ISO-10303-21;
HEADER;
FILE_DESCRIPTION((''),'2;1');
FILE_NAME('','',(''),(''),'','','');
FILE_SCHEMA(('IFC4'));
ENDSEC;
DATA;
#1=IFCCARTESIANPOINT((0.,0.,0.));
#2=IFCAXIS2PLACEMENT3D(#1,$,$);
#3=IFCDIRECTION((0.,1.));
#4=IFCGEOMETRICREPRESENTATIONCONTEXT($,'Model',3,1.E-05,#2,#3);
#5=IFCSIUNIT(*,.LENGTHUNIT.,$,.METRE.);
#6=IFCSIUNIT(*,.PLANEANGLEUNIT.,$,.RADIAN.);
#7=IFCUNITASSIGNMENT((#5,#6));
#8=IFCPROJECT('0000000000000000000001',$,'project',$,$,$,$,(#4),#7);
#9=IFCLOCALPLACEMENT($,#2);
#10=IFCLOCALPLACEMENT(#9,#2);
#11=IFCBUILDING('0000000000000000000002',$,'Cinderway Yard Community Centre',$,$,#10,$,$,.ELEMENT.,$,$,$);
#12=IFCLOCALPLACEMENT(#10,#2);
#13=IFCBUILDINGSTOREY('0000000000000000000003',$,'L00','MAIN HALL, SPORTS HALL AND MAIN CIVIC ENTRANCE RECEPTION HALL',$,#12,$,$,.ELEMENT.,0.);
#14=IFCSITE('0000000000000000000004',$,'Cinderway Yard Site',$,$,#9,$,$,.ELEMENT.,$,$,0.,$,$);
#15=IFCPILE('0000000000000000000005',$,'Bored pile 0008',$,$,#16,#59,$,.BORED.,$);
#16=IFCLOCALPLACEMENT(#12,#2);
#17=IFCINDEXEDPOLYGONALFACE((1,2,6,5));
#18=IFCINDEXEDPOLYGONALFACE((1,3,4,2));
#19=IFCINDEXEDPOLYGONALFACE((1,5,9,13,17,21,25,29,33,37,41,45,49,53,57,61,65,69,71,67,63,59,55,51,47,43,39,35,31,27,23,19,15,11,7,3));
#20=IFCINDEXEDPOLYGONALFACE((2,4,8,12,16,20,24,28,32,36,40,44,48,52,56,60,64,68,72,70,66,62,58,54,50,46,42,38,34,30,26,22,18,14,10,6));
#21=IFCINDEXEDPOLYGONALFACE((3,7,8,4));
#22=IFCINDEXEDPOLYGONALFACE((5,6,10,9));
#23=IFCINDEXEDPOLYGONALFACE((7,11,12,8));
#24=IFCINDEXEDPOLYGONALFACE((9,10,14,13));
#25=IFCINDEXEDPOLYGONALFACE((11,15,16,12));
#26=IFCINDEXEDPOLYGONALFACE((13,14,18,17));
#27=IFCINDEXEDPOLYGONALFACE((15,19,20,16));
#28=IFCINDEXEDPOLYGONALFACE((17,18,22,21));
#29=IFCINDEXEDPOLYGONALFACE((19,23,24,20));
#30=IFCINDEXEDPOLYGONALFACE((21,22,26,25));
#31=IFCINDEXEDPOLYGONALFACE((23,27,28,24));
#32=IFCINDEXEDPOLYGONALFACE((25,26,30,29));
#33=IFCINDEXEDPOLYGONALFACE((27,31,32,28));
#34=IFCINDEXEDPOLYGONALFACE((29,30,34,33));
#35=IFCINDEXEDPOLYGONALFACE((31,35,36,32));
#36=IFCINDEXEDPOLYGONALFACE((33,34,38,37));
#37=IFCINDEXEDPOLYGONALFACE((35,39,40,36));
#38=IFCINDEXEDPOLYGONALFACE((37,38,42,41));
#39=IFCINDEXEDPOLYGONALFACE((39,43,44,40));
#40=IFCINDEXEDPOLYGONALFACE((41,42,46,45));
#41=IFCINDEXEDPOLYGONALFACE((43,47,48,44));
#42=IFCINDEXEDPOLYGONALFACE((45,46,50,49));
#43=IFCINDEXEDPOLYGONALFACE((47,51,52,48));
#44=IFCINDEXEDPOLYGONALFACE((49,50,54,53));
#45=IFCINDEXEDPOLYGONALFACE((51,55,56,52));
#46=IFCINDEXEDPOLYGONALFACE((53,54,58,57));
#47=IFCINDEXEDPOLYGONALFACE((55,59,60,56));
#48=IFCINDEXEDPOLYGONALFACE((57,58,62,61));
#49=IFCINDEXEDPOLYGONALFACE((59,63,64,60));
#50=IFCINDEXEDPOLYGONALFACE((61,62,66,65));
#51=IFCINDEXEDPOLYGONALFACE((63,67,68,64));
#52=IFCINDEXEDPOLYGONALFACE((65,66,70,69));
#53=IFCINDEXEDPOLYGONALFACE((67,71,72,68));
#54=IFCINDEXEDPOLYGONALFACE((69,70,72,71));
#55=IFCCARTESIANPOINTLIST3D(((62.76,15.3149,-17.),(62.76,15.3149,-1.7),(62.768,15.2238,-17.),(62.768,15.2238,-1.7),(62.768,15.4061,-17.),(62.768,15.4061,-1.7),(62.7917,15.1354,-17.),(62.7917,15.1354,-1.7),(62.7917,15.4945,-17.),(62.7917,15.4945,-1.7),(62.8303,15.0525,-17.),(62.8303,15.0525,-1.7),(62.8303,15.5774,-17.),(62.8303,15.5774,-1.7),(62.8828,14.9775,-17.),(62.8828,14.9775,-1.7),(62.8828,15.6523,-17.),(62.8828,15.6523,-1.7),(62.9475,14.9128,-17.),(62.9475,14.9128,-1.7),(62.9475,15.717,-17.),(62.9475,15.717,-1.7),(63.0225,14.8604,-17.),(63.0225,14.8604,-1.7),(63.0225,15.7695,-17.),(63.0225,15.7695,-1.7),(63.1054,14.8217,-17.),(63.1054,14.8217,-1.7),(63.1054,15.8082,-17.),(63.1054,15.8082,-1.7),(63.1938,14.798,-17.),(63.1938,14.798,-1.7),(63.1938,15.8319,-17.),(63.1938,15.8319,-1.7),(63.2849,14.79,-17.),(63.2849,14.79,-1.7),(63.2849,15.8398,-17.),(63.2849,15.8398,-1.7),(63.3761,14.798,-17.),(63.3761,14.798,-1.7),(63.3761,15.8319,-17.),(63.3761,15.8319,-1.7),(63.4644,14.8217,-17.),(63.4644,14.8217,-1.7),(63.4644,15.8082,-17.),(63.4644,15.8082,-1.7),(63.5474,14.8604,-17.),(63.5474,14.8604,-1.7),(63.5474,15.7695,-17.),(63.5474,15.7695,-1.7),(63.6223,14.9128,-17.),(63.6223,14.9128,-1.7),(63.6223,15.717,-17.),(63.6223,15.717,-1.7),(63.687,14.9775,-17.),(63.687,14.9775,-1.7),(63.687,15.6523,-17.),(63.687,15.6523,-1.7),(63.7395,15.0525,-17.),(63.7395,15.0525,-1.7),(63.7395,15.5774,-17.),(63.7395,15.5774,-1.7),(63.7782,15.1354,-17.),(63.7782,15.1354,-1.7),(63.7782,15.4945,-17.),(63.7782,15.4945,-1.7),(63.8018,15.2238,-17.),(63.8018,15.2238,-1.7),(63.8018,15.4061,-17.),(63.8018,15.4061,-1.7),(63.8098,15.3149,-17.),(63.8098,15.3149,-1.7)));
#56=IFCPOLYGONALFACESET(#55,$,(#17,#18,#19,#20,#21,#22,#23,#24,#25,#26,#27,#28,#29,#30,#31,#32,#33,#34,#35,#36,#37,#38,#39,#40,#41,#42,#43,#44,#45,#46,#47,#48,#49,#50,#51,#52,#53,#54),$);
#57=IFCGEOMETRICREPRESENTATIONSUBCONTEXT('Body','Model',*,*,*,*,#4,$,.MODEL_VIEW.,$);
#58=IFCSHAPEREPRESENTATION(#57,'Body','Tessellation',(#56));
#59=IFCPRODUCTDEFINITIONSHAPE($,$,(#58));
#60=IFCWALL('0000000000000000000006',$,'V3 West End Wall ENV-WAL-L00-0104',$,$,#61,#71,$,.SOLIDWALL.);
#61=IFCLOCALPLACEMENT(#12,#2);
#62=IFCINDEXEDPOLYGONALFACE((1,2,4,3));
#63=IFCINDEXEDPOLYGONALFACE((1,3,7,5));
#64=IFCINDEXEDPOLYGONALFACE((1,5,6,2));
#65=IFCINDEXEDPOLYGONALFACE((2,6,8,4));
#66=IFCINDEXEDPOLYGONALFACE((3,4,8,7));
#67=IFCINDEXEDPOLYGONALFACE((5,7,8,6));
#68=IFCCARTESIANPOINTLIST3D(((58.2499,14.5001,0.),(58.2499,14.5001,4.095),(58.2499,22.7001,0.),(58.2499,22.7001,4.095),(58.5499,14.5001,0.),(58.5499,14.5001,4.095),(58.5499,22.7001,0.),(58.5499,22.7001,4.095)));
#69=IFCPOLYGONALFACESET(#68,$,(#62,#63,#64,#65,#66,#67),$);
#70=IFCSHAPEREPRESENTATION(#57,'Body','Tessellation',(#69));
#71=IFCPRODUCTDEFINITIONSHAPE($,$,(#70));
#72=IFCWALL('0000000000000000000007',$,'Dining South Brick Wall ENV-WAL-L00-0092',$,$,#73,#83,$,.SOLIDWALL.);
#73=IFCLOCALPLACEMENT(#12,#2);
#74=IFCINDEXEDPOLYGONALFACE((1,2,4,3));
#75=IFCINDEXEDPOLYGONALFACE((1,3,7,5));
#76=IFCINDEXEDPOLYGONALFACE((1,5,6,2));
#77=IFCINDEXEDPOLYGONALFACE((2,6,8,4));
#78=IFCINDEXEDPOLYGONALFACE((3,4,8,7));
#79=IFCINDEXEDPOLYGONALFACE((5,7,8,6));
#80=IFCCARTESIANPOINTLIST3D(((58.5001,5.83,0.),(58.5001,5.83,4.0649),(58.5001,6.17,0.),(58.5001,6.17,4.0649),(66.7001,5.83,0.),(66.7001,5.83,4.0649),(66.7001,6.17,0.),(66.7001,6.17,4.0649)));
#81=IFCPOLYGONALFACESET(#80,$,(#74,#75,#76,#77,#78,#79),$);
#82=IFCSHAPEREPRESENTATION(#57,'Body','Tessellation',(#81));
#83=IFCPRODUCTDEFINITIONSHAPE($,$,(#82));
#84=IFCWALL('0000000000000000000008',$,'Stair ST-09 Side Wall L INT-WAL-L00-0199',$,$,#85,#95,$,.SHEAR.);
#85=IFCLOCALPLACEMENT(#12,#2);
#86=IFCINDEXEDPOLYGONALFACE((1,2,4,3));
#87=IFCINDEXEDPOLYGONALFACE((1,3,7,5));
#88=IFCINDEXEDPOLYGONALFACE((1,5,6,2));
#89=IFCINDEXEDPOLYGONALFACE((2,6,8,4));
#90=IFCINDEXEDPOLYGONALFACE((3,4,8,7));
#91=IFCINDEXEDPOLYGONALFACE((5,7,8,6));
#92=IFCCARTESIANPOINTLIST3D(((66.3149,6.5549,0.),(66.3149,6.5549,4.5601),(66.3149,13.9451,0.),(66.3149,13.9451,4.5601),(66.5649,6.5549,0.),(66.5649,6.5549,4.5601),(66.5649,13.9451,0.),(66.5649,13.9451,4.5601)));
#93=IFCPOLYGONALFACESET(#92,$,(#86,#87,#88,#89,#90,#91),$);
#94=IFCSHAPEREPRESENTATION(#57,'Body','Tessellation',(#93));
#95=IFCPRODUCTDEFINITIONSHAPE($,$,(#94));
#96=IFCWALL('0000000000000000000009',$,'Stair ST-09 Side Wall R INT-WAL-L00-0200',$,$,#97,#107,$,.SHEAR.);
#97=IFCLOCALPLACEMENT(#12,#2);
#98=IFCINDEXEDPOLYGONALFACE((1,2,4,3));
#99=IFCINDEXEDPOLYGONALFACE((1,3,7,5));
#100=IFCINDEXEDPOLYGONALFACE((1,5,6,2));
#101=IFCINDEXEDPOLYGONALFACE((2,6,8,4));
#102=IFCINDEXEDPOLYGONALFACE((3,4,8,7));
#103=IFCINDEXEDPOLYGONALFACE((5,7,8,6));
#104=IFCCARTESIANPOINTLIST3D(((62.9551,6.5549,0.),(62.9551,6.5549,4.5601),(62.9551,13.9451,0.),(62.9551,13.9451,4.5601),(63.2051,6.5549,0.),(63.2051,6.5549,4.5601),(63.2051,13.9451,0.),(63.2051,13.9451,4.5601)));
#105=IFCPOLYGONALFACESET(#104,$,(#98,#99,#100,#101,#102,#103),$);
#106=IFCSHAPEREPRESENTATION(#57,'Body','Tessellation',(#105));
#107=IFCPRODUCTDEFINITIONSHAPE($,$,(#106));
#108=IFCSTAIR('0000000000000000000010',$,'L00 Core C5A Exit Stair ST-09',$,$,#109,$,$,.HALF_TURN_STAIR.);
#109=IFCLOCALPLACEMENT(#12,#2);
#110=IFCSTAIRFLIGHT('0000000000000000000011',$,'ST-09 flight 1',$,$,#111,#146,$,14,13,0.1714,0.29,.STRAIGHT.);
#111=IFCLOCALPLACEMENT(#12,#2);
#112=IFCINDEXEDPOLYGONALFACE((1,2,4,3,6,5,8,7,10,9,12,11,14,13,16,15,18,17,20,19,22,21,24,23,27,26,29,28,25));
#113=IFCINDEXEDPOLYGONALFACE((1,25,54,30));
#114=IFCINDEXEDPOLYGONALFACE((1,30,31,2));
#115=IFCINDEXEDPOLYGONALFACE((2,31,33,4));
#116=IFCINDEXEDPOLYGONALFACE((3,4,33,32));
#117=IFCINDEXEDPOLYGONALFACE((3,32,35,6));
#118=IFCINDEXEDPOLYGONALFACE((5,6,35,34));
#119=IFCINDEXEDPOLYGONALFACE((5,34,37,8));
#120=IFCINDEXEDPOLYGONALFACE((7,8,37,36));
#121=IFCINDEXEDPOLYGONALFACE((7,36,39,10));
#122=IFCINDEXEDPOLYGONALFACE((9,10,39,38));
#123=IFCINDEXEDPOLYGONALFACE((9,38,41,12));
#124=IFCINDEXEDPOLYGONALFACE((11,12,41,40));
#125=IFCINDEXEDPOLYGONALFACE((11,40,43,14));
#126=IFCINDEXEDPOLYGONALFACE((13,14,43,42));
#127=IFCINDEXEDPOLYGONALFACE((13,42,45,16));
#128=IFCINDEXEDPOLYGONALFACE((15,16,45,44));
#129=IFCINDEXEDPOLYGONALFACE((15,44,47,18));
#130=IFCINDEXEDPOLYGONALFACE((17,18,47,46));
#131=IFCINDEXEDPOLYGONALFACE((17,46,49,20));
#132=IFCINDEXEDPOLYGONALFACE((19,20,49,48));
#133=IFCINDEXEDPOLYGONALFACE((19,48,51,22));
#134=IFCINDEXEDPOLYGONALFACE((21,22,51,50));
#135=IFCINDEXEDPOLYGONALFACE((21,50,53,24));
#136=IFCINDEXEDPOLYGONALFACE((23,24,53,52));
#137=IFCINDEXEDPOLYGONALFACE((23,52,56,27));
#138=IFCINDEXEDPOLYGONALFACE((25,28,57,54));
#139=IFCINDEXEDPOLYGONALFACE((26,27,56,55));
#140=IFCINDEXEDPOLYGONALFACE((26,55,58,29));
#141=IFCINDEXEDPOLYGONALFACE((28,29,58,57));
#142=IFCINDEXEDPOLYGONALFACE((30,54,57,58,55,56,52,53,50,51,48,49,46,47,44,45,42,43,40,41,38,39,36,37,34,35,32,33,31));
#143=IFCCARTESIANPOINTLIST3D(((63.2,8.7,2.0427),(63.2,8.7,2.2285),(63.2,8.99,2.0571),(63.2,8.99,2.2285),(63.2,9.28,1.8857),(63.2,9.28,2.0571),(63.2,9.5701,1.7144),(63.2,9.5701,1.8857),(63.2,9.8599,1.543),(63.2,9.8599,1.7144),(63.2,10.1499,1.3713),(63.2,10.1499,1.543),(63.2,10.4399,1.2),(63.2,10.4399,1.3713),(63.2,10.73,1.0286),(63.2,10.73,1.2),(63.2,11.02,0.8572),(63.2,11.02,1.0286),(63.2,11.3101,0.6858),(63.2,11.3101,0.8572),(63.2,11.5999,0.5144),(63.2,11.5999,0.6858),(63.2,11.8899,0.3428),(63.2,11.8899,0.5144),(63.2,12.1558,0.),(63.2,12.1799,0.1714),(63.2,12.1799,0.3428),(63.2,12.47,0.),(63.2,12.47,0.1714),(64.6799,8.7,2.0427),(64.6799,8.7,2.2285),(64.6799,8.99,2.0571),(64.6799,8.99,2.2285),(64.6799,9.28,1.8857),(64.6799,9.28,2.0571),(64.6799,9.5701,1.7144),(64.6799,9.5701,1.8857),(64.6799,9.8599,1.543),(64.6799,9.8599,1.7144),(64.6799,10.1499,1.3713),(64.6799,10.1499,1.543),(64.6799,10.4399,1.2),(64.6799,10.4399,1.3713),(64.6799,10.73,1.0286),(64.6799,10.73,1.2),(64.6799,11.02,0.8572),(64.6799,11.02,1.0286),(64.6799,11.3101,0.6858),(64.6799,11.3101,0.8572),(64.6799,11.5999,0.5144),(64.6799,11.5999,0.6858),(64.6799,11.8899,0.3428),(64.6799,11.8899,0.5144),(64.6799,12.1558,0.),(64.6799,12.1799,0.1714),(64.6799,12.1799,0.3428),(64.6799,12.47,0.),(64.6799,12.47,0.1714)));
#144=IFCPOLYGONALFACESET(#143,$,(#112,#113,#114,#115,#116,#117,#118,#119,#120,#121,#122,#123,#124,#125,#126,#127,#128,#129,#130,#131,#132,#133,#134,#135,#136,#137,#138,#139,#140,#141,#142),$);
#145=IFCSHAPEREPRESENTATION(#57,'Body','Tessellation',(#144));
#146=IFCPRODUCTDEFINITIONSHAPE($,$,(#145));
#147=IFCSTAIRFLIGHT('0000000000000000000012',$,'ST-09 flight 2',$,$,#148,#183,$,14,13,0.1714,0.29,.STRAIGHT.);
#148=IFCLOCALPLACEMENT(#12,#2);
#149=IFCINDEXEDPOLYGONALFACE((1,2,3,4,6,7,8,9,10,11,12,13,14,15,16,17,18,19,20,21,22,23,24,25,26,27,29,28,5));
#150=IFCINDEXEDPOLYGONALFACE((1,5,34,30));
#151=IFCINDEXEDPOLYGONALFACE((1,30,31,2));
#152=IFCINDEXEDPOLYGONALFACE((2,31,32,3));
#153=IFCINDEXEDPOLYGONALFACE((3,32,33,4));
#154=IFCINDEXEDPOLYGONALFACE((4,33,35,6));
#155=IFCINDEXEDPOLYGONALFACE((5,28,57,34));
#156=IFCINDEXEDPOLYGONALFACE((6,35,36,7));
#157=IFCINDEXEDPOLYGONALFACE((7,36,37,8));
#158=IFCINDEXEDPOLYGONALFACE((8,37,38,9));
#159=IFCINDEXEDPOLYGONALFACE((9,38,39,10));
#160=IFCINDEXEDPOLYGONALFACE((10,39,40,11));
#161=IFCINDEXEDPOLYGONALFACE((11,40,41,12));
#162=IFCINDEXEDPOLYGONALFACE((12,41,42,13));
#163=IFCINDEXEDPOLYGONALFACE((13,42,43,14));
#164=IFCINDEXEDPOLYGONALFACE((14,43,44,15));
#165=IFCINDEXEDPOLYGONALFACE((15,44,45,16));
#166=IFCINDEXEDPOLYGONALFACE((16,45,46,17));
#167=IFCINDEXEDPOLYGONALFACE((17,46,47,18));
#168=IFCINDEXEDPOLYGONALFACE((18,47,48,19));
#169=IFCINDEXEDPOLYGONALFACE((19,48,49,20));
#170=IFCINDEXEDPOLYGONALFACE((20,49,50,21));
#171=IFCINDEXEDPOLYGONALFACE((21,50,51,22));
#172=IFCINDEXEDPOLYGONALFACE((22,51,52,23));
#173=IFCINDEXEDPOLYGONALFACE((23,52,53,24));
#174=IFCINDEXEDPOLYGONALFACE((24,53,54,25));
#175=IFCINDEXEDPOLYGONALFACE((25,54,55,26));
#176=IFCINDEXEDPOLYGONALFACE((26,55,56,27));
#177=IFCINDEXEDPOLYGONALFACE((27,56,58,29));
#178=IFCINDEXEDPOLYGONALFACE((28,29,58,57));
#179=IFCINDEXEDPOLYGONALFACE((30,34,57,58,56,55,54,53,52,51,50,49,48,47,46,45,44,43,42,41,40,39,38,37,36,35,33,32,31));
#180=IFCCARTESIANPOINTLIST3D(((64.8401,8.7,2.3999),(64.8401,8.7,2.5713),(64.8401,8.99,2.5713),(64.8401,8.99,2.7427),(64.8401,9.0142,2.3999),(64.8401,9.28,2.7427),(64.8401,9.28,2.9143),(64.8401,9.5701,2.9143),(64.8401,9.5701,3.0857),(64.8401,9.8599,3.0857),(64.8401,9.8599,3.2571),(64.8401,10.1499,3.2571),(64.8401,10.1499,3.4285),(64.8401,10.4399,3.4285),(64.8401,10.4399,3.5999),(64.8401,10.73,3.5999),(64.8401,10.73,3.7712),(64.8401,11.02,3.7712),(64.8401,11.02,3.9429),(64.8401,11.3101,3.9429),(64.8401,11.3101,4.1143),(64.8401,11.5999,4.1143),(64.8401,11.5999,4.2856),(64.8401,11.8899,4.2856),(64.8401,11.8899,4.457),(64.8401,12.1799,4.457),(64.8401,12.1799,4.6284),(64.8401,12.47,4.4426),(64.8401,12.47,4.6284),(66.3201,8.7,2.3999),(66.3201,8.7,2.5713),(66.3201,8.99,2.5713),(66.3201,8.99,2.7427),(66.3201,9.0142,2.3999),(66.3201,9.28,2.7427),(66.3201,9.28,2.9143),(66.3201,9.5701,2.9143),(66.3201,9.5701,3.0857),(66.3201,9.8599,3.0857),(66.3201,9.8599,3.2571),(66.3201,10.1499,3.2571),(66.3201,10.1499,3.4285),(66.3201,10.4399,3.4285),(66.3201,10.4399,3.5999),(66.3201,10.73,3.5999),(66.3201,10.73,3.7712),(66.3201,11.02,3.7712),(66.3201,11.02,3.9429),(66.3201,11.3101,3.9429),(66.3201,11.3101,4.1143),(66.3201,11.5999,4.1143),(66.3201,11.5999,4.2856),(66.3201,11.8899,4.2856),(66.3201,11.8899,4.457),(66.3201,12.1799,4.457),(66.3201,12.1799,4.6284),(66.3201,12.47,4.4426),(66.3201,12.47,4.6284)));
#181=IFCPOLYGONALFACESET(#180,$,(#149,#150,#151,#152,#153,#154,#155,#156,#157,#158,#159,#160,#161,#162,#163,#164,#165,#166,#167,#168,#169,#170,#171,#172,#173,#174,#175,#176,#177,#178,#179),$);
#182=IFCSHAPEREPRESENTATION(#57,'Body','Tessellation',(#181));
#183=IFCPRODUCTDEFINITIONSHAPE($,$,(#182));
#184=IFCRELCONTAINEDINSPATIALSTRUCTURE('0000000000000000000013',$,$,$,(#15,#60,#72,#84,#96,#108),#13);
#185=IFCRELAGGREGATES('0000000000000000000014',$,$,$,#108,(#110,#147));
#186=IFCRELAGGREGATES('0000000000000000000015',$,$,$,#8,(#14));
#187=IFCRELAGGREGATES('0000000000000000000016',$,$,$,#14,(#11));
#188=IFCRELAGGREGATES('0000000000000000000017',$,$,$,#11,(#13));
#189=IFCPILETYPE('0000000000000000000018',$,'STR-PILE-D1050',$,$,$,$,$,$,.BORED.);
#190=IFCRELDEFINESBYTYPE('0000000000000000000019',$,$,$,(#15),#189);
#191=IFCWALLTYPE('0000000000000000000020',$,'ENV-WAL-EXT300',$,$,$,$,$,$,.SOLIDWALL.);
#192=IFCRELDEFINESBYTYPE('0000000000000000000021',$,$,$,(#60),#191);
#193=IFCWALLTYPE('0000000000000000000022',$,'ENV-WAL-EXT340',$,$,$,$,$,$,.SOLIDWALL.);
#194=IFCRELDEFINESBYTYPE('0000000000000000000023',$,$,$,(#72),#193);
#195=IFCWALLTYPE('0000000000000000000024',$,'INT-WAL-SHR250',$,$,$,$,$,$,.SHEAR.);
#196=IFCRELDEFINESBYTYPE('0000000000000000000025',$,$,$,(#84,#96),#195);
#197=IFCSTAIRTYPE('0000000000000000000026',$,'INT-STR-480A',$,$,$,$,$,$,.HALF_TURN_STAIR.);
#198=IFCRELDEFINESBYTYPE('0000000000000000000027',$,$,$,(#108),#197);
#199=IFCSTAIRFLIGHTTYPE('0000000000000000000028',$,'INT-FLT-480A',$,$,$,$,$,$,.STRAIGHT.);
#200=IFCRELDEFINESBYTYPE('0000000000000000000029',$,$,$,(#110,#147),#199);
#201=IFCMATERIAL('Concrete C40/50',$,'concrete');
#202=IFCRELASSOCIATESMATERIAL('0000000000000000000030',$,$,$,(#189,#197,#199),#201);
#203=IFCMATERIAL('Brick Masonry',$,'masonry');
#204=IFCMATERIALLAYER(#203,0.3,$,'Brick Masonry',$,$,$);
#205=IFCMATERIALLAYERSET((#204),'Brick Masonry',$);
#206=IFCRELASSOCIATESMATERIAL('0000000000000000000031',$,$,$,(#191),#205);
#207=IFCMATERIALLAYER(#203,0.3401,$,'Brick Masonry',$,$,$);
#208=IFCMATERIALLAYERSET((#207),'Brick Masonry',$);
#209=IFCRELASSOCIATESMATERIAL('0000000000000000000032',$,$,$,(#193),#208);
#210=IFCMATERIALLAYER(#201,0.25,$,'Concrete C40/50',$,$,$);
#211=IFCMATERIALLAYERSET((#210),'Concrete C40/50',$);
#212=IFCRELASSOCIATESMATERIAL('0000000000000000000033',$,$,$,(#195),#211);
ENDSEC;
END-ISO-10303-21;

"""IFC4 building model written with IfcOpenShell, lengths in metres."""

from ifc_helpers import new_model, si_unit, direction, frame, frame_2d, origin, origin_2d, place, context, subcontext, project, spatial, polyline, rectangle, circle, outline, extrude, material, layer, layer_set, material_profile, profile_set, type_object, element, aggregate, save


model = new_model("IFC4")

# Units and contexts
model_context = context("Model", 3, precision=1e-05, world=origin(), true_north=direction((0.0, 1.0)))
body_context = subcontext(model_context, "Body", "Model", "MODEL_VIEW")
ifc_project = project(units=[si_unit("LENGTHUNIT", "METRE"), si_unit("PLANEANGLEUNIT", "RADIAN")], contexts=[model_context])

# Site, building, storey
site_placement = place(None, origin())
site = spatial("IfcSite", under=ifc_project, at=site_placement, Name="Cinderway Yard Site", CompositionType="ELEMENT", RefElevation=0.0)
building_placement = place(site_placement, origin())
building = spatial("IfcBuilding", under=site, at=building_placement, Name="Cinderway Yard Community Centre", CompositionType="ELEMENT")
storey_placement = place(building_placement, origin())
storey = spatial("IfcBuildingStorey", under=building, at=storey_placement, Name="L00", Description="MAIN HALL, SPORTS HALL AND MAIN CIVIC ENTRANCE RECEPTION HALL", CompositionType="ELEMENT", Elevation=0.0)

# Shared definitions
ifc_material_1 = material(Name="Concrete C40/50", Category="concrete")

# Pile
ifc_material_profile = material_profile(ifc_material_1, circle(Radius=0.5249, at=origin_2d()), Name="Concrete C40/50")
ifc_profile_set = profile_set([ifc_material_profile], Name="Concrete C40/50")
pile_type = type_object("IfcPileType", Name="STR-PILE-D1050", PredefinedType="BORED", material=ifc_profile_set)
for number, where, z_axis, x_axis, name in (
    (1, (63.2849, 15.3149, -1.7), (0.0, 0.0, -1.0), (1.0, 0.0, 0.0), "Bored pile 0008"),
):
    element("IfcPile", number, at=place(storey_placement, frame(where, z_axis=z_axis, x_axis=x_axis)), inside=storey, type_object=pile_type, Name=name, PredefinedType="BORED", context=body_context, shape_type="SweptSolid", body=[
        extrude(circle(Radius=0.5249, at=origin_2d()), origin(), (0.0, 0.0, 1.0), 15.3),
    ])

# Walls
ifc_material_2 = material(Name="Brick Masonry", Category="masonry")
ifc_layer_1 = layer(ifc_material_2, 0.3, Name="Brick Masonry")
ifc_layer_set_1 = layer_set([ifc_layer_1], Name="Brick Masonry")
wall_type_1 = type_object("IfcWallType", Name="ENV-WAL-EXT300", PredefinedType="SOLIDWALL", material=ifc_layer_set_1)
wall_1_placement = place(storey_placement, frame((58.3999, 14.5, 0.0), z_axis=(0.0, 0.0, 1.0), x_axis=(0.0, 1.0, 0.0)))
element("IfcWall", 2, at=wall_1_placement, inside=storey, type_object=wall_type_1, Name="V3 West End Wall ENV-WAL-L00-0104", PredefinedType="SOLIDWALL", context=body_context, shape_type="SweptSolid", body=[
    extrude(rectangle(XDim=8.2, YDim=0.3, at=frame_2d((4.1001, 0.0))), origin(), (0.0, 0.0, 1.0), 4.095),
])
ifc_layer_2 = layer(ifc_material_2, 0.3401, Name="Brick Masonry")
ifc_layer_set_2 = layer_set([ifc_layer_2], Name="Brick Masonry")
wall_type_2 = type_object("IfcWallType", Name="ENV-WAL-EXT340", PredefinedType="SOLIDWALL", material=ifc_layer_set_2)
wall_2_placement = place(storey_placement, frame((58.5, 6.0, 0.0), z_axis=(0.0, 0.0, 1.0), x_axis=(1.0, 0.0, 0.0)))
element("IfcWall", 3, at=wall_2_placement, inside=storey, type_object=wall_type_2, Name="Dining South Brick Wall ENV-WAL-L00-0092", PredefinedType="SOLIDWALL", context=body_context, shape_type="SweptSolid", body=[
    extrude(rectangle(XDim=8.2, YDim=0.3401, at=frame_2d((4.1001, 0.0))), origin(), (0.0, 0.0, 1.0), 4.0649),
])

# Shared definitions
ifc_layer_3 = layer(ifc_material_1, 0.25, Name="Concrete C40/50")
ifc_layer_set_3 = layer_set([ifc_layer_3], Name="Concrete C40/50")
wall_type_3 = type_object("IfcWallType", Name="INT-WAL-SHR250", PredefinedType="SHEAR", material=ifc_layer_set_3)

# Walls
for number, where, z_axis, x_axis, name in (
    (4, (66.4399, 13.9451, 0.0), (0.0, 0.0, 1.0), (0.0, -1.0, 0.0), "Stair ST-09 Side Wall L INT-WAL-L00-0199"),
    (5, (63.0801, 6.5549, 0.0), (0.0, 0.0, 1.0), (0.0, 1.0, 0.0), "Stair ST-09 Side Wall R INT-WAL-L00-0200"),
):
    element("IfcWall", number, at=place(storey_placement, frame(where, z_axis=z_axis, x_axis=x_axis)), inside=storey, type_object=wall_type_3, Name=name, PredefinedType="SHEAR", context=body_context, shape_type="SweptSolid", body=[
        extrude(rectangle(XDim=7.3901, YDim=0.25, at=frame_2d((3.6951, 0.0))), origin(), (0.0, 0.0, 1.0), 4.5601),
    ])

# Stair, stair flights
stair_type = type_object("IfcStairType", Name="INT-STR-480A", PredefinedType="HALF_TURN_STAIR", material=ifc_material_1)
stair_placement = place(storey_placement, origin())
stair = element("IfcStair", 6, at=stair_placement, inside=storey, type_object=stair_type, Name="L00 Core C5A Exit Stair ST-09", PredefinedType="HALF_TURN_STAIR")
stair_flight_type = type_object("IfcStairFlightType", Name="INT-FLT-480A", PredefinedType="STRAIGHT", material=ifc_material_1)
stair_flight_1_placement = place(storey_placement, frame((63.9399, 12.47, 0.0), z_axis=(0.0, 0.0, 1.0), x_axis=(0.0, -1.0, 0.0)))
stair_flight_1 = element("IfcStairFlight", 7, at=stair_flight_1_placement, type_object=stair_flight_type, Name="ST-09 flight 1", NumberOfRisers=14, NumberOfTreads=13, PredefinedType="STRAIGHT", RiserHeight=0.1714, TreadLength=0.29, context=body_context, shape_type="SweptSolid", body=[
    extrude(outline(polyline([(0.0, 0.0), (0.0, 0.1714), (0.29, 0.1714), (0.29, 0.3428), (0.5801, 0.3428), (0.5801, 0.5144), (0.8701, 0.5144), (0.8701, 0.6858), (1.1599, 0.6858), (1.1599, 0.8572), (1.45, 0.8572), (1.45, 1.0286), (1.74, 1.0286), (1.74, 1.2), (2.03, 1.2), (2.03, 1.3713), (2.3201, 1.3713), (2.3201, 1.543), (2.6101, 1.543), (2.6101, 1.7144), (2.8999, 1.7144), (2.8999, 1.8857), (3.1899, 1.8857), (3.1899, 2.0571), (3.48, 2.0571), (3.48, 2.2285), (3.77, 2.2285), (3.77, 2.3999), (3.77, 2.0427), (0.3142, 0.0), (0.0, 0.0)])), frame((0.0, 0.74, 0.0), z_axis=(0.0, -1.0, 0.0), x_axis=(1.0, 0.0, 0.0)), (0.0, 0.0, 1.0), 1.48),
])
stair_flight_2_placement = place(storey_placement, frame((65.5801, 8.7, 2.3999), z_axis=(0.0, 0.0, 1.0), x_axis=(0.0, 1.0, 0.0)))
stair_flight_2 = element("IfcStairFlight", 8, at=stair_flight_2_placement, type_object=stair_flight_type, Name="ST-09 flight 2", NumberOfRisers=14, NumberOfTreads=13, PredefinedType="STRAIGHT", RiserHeight=0.1714, TreadLength=0.29, context=body_context, shape_type="SweptSolid", body=[
    extrude(outline(polyline([(0.0, 0.0), (0.0, 0.1714), (0.29, 0.1714), (0.29, 0.3428), (0.5801, 0.3428), (0.5801, 0.5144), (0.8701, 0.5144), (0.8701, 0.6858), (1.1599, 0.6858), (1.1599, 0.8572), (1.45, 0.8572), (1.45, 1.0286), (1.74, 1.0286), (1.74, 1.2), (2.03, 1.2), (2.03, 1.3713), (2.3201, 1.3713), (2.3201, 1.543), (2.6101, 1.543), (2.6101, 1.7144), (2.8999, 1.7144), (2.8999, 1.8857), (3.1899, 1.8857), (3.1899, 2.0571), (3.48, 2.0571), (3.48, 2.2285), (3.77, 2.2285), (3.77, 2.3999), (3.77, 2.0427), (0.3142, 0.0), (0.0, 0.0)])), frame((0.0, 0.74, 0.0), z_axis=(0.0, -1.0, 0.0), x_axis=(1.0, 0.0, 0.0)), (0.0, 0.0, 1.0), 1.48),
])
aggregate(stair, [stair_flight_1, stair_flight_2])

save(model, "model.ifc")
